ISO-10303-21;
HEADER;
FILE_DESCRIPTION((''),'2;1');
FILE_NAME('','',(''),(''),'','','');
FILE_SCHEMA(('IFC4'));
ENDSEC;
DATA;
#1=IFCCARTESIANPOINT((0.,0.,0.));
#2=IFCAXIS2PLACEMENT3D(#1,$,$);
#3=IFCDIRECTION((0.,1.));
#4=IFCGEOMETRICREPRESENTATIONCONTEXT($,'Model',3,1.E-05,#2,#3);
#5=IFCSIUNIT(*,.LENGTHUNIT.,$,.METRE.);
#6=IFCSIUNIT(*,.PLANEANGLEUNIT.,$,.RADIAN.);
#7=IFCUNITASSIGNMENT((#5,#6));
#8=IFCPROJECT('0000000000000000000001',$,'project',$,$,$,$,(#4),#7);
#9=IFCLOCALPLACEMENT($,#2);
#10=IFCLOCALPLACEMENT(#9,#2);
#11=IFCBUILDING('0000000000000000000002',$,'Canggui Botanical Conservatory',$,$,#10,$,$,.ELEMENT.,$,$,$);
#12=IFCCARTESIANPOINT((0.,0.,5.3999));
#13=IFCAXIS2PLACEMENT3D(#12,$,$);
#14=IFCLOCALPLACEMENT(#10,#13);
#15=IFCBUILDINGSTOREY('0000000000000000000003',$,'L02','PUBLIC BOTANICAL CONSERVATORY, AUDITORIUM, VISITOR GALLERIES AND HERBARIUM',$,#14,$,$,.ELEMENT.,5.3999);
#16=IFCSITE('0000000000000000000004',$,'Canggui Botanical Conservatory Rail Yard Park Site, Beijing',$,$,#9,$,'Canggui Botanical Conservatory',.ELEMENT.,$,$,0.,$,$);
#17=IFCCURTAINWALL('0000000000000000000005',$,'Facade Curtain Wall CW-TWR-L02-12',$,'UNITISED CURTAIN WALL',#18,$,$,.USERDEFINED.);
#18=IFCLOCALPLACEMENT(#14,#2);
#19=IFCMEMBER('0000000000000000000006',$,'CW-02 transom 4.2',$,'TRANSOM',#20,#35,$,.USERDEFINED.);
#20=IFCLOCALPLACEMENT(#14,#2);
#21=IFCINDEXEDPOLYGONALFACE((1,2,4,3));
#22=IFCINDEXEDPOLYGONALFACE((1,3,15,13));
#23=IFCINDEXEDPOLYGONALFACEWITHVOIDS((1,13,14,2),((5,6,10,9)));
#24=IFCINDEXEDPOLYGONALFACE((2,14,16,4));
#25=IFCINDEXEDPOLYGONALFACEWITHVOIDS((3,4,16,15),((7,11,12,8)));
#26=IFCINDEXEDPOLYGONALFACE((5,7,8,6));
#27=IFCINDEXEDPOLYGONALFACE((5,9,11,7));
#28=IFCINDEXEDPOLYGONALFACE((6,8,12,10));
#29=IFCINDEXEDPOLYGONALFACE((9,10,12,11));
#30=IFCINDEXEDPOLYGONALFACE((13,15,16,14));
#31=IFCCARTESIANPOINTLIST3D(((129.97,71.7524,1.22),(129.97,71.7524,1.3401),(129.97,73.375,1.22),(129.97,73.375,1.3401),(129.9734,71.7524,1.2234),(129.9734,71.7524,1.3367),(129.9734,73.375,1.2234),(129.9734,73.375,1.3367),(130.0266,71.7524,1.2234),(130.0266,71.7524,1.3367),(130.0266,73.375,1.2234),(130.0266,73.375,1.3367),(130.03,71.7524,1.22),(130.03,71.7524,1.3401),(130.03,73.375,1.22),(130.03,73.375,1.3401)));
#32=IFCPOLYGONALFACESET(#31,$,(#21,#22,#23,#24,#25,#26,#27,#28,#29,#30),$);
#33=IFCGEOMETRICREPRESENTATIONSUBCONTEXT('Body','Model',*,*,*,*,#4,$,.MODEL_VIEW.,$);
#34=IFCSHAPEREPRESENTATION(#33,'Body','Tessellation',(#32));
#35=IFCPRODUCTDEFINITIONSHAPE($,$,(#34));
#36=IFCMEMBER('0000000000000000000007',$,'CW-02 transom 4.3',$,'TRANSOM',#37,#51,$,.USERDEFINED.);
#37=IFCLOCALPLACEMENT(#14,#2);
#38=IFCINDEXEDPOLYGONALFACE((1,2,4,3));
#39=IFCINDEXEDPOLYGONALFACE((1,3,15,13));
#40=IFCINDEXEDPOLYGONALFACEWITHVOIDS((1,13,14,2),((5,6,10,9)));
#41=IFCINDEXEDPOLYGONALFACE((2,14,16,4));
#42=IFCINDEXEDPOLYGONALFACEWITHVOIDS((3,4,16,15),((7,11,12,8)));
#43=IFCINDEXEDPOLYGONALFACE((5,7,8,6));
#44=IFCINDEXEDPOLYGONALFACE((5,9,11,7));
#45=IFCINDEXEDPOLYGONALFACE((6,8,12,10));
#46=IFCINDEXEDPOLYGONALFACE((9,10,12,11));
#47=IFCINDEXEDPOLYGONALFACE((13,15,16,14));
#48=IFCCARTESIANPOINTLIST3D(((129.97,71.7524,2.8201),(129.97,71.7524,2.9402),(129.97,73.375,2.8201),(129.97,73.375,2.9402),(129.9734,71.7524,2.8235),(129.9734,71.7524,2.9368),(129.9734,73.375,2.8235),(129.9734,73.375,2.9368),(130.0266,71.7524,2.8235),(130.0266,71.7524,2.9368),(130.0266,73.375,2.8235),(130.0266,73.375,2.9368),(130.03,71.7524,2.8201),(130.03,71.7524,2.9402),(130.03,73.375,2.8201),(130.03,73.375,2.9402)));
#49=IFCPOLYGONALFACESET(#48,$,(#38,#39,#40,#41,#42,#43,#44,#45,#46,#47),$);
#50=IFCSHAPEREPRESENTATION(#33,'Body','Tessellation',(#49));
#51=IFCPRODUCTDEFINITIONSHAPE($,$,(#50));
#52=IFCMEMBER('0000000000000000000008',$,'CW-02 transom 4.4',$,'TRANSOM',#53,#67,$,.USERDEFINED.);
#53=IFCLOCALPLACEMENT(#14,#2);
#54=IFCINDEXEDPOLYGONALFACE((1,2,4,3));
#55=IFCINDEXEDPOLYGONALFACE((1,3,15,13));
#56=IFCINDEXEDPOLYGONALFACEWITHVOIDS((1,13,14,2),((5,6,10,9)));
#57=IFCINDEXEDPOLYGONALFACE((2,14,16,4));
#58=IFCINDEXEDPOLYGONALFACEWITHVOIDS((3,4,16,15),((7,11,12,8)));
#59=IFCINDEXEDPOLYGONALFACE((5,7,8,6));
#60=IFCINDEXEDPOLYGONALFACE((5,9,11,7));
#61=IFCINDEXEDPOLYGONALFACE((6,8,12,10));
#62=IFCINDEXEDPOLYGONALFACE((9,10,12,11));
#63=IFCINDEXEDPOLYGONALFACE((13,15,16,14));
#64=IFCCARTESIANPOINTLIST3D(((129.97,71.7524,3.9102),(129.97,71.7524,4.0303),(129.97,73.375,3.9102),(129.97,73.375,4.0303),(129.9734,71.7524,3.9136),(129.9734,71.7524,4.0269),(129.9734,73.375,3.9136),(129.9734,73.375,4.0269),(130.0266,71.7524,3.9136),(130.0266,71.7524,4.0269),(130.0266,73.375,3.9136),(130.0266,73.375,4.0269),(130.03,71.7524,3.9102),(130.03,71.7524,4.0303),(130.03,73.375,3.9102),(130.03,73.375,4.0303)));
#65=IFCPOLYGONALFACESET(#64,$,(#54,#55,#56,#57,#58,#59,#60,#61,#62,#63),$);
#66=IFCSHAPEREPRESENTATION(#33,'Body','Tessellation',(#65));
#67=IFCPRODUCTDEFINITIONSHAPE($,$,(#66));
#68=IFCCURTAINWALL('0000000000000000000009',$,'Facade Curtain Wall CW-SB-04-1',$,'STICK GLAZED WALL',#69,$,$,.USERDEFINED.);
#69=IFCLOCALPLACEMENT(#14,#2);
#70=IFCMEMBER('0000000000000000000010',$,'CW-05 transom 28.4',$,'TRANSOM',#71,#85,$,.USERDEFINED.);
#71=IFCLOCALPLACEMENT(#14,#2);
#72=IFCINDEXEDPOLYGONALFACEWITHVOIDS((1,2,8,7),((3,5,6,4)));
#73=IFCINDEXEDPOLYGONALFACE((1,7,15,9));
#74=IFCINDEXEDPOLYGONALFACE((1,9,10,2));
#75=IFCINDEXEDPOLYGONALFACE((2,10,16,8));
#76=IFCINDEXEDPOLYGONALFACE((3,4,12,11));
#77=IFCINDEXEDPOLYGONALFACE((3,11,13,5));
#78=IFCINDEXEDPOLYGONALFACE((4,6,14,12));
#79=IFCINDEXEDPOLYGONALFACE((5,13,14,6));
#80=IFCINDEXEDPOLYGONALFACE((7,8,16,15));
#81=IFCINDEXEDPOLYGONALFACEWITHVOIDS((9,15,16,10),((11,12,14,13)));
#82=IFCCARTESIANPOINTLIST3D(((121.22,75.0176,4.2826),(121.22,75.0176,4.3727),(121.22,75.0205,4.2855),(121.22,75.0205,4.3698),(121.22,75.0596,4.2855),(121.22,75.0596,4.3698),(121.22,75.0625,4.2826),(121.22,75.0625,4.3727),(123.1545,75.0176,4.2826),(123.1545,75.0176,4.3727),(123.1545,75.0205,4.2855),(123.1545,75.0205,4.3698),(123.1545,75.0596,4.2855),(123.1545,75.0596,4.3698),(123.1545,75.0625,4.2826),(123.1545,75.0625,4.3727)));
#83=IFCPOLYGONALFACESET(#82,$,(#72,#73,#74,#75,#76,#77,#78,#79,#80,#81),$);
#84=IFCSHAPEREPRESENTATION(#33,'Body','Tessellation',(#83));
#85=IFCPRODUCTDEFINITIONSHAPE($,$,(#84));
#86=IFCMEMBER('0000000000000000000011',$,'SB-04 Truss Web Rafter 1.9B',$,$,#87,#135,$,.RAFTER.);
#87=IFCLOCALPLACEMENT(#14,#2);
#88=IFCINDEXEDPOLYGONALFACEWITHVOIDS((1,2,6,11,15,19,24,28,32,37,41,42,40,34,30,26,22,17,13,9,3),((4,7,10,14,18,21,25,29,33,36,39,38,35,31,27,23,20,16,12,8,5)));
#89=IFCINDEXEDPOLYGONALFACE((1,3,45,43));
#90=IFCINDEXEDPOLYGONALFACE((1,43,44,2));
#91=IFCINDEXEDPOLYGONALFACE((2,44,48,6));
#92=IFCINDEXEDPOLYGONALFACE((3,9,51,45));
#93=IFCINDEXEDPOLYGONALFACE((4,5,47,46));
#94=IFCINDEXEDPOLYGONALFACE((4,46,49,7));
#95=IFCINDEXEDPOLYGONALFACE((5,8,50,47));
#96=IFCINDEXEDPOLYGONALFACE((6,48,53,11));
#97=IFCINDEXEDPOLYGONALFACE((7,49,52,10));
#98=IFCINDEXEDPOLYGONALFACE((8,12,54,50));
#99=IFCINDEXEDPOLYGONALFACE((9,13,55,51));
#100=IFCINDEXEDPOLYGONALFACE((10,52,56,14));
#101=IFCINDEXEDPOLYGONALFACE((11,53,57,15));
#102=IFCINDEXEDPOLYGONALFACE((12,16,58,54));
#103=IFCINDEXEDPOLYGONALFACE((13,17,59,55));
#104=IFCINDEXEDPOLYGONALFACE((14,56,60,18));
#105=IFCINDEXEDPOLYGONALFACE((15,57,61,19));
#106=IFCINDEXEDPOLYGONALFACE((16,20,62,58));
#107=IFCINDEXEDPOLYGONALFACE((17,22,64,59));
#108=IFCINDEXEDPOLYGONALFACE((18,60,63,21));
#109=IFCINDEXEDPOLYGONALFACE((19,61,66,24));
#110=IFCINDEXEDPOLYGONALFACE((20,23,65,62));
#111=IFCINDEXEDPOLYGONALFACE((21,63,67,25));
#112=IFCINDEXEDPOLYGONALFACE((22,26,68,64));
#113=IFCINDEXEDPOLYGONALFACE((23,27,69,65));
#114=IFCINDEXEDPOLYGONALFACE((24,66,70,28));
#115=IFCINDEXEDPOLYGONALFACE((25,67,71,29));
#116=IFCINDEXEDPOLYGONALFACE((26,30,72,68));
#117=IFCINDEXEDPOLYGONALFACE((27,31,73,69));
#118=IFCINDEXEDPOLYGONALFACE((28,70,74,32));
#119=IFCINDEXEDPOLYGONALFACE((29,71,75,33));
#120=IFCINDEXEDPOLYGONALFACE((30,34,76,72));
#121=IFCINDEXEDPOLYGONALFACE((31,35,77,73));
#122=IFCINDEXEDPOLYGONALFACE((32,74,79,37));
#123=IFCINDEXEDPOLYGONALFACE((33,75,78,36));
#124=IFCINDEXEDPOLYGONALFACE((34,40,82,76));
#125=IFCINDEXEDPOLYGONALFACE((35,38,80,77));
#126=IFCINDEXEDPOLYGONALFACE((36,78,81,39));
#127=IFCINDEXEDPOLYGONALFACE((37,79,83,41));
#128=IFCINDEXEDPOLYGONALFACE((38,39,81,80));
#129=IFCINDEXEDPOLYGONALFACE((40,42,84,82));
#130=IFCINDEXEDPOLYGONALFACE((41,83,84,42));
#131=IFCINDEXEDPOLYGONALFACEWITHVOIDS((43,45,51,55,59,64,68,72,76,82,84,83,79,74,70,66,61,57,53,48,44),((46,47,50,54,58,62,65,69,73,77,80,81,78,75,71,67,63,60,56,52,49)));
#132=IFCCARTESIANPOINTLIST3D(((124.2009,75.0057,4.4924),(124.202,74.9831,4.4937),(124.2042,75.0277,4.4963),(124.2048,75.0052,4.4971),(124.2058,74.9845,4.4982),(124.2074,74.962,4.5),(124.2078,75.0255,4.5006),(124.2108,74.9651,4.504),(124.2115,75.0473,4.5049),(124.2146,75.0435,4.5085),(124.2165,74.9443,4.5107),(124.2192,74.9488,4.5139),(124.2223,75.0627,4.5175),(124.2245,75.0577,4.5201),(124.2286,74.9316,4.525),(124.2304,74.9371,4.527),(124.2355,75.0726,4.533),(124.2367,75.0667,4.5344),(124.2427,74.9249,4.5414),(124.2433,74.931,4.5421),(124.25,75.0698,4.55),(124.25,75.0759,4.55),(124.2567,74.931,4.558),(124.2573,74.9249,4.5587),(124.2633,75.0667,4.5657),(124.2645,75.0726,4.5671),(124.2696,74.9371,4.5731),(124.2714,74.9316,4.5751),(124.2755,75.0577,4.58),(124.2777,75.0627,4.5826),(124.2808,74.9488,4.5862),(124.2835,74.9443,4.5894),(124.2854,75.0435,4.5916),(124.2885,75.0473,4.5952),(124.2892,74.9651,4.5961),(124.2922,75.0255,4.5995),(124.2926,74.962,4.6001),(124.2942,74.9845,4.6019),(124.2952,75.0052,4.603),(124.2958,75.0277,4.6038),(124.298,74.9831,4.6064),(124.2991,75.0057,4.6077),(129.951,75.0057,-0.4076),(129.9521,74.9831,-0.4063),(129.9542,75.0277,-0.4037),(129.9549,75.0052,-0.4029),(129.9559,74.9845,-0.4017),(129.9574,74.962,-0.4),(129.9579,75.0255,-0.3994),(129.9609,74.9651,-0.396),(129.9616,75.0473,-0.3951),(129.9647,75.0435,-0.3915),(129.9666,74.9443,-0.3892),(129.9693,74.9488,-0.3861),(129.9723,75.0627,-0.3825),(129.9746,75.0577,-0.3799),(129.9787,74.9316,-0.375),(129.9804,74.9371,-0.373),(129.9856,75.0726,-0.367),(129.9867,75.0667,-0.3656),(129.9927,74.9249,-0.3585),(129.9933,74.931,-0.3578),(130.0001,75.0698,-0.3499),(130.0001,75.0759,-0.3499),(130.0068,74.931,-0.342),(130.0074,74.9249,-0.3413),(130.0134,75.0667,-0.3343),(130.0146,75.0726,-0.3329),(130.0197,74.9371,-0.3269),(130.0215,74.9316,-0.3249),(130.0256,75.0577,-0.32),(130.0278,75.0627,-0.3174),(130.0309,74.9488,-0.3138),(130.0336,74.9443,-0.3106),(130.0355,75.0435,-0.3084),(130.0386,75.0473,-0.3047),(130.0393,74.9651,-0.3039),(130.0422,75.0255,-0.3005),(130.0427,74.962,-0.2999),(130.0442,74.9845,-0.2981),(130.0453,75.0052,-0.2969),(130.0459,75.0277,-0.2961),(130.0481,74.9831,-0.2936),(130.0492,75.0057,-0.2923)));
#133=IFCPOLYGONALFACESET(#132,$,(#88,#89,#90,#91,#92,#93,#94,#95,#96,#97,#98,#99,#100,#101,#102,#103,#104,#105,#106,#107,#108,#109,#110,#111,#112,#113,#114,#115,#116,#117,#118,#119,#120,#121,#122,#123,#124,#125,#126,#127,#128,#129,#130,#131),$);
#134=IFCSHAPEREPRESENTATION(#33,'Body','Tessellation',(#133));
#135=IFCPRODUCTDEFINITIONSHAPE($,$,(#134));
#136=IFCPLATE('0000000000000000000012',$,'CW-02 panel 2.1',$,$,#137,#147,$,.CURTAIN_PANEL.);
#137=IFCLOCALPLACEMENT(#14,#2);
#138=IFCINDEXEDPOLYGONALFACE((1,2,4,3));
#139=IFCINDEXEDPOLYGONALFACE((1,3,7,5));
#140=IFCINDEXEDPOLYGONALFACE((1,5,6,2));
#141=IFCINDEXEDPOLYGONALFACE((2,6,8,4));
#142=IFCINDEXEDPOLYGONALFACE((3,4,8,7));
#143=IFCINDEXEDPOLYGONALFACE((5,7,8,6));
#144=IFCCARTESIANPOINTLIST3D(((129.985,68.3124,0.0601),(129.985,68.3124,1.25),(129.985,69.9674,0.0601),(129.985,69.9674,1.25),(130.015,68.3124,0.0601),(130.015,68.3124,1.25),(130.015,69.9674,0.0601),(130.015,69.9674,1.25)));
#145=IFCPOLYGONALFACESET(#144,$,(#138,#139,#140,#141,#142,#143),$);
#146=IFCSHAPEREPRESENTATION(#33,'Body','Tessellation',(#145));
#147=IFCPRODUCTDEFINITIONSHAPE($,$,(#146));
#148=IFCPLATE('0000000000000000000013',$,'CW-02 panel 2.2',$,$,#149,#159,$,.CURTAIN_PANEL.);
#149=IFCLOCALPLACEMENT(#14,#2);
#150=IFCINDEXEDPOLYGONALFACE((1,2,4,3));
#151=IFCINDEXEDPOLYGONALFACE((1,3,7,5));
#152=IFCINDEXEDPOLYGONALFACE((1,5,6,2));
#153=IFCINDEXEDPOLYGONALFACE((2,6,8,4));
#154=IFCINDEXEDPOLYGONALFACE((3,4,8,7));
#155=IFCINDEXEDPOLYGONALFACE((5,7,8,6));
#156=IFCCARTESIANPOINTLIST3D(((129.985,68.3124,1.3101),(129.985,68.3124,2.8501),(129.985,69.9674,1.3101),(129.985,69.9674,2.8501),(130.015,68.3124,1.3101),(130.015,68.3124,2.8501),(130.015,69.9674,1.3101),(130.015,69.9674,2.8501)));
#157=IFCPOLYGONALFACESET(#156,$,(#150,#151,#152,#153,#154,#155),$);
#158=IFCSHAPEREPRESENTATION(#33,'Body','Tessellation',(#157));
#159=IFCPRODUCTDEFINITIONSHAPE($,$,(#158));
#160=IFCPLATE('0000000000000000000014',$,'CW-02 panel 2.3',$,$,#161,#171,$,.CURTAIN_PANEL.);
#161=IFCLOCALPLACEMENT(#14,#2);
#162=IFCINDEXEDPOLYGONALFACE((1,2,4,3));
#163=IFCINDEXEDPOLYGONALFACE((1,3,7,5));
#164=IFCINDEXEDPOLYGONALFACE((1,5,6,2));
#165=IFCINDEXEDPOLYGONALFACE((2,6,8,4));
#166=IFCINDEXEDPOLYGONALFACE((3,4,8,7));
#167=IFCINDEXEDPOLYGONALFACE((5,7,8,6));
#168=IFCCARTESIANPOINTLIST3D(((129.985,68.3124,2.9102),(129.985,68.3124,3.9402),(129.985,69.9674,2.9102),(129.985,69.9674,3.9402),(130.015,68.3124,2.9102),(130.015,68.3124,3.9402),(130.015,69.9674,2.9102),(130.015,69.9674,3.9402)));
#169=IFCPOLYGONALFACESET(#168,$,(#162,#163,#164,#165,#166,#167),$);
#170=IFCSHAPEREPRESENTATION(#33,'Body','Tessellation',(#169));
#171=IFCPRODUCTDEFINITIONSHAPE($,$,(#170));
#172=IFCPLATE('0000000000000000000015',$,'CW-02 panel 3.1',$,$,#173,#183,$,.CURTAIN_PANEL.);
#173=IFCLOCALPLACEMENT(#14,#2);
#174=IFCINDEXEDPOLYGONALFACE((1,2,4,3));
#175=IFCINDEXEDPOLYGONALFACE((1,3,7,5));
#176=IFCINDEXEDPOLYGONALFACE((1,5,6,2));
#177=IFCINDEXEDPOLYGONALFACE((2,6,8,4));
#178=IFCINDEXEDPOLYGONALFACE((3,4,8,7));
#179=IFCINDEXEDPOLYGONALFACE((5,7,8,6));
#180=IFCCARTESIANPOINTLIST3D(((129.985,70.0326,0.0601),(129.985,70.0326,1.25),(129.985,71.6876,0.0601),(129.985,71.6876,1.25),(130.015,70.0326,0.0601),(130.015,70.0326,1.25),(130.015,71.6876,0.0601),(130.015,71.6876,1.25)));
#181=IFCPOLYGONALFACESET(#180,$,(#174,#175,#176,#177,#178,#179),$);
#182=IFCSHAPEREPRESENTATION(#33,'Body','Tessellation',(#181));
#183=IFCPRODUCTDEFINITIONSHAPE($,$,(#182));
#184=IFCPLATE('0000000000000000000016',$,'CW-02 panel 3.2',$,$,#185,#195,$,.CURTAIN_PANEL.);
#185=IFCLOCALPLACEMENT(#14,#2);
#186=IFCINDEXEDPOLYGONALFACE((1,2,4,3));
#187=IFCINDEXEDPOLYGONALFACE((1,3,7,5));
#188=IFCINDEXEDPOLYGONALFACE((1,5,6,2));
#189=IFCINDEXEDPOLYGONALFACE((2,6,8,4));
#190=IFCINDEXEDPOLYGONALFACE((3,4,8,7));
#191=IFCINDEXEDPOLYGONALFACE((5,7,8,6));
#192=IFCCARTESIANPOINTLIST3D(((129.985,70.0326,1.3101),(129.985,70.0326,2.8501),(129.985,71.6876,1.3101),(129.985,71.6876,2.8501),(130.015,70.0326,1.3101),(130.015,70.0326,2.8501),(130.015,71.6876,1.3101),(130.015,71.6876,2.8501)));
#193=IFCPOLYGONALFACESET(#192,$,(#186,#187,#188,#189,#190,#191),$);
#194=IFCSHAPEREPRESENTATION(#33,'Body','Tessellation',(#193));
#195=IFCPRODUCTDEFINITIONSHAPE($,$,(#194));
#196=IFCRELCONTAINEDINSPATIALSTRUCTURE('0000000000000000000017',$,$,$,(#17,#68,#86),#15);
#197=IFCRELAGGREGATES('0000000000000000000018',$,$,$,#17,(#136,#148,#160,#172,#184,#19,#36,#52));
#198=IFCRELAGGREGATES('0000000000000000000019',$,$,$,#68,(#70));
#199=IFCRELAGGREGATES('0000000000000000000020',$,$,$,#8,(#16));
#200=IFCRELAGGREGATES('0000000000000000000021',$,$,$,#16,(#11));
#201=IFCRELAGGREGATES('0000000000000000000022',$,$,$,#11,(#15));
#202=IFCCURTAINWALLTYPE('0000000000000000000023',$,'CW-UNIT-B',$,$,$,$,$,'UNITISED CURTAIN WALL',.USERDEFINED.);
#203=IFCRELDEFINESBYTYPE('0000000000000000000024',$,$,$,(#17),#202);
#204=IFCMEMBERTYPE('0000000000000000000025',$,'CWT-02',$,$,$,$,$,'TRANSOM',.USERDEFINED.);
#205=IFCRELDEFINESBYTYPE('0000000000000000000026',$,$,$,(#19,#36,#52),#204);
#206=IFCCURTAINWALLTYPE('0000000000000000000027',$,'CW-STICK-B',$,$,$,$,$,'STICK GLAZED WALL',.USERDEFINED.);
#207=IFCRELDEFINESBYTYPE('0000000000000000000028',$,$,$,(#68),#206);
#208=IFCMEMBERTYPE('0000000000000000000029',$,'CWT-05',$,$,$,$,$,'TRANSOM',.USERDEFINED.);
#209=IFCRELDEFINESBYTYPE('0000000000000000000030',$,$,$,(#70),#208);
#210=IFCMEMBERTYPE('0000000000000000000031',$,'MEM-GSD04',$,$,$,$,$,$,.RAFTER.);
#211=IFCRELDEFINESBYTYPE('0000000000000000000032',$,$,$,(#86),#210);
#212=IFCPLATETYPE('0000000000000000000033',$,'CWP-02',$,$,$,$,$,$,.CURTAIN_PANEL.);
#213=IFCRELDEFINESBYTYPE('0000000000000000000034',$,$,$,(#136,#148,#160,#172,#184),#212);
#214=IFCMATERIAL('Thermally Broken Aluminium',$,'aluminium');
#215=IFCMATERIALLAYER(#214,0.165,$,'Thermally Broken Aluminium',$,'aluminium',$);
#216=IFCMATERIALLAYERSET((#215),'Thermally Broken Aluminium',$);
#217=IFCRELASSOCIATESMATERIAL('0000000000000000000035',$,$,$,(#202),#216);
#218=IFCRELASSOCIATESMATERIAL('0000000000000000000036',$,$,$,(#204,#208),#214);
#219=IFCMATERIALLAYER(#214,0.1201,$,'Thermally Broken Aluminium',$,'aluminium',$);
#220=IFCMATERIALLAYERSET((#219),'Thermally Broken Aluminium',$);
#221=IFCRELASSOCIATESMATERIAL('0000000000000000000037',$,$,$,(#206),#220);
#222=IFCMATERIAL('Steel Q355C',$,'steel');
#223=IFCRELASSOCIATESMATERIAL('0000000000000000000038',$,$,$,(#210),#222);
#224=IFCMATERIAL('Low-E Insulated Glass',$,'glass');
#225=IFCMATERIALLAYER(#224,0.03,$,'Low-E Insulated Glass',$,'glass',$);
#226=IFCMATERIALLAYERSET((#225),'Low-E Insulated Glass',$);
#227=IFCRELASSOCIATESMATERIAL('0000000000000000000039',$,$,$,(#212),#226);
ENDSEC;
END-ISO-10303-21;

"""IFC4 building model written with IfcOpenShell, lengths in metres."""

from ifc_helpers import new_model, si_unit, direction, frame, origin, origin_2d, place, context, subcontext, project, spatial, rectangle, hollow_rectangle, hollow_circle, extrude, material, layer, layer_set, material_profile, profile_set, type_object, element, aggregate, save


model = new_model("IFC4")

# Units and contexts
model_context = context("Model", 3, precision=1e-05, world=origin(), true_north=direction((0.0, 1.0)))
body_context = subcontext(model_context, "Body", "Model", "MODEL_VIEW")
ifc_project = project(units=[si_unit("LENGTHUNIT", "METRE"), si_unit("PLANEANGLEUNIT", "RADIAN")], contexts=[model_context])

# Site, building, storey
site_placement = place(None, origin())
site = spatial("IfcSite", under=ifc_project, at=site_placement, Name="Canggui Botanical Conservatory Rail Yard Park Site, Beijing", LongName="Canggui Botanical Conservatory", CompositionType="ELEMENT", RefElevation=0.0)
building_placement = place(site_placement, origin())
building = spatial("IfcBuilding", under=site, at=building_placement, Name="Canggui Botanical Conservatory", CompositionType="ELEMENT")
storey_placement = place(building_placement, frame((0.0, 0.0, 5.3999)))
storey = spatial("IfcBuildingStorey", under=building, at=storey_placement, Name="L02", Description="PUBLIC BOTANICAL CONSERVATORY, AUDITORIUM, VISITOR GALLERIES AND HERBARIUM", CompositionType="ELEMENT", Elevation=5.3999)

# Curtain wall, members
ifc_material_1 = material(Name="Thermally Broken Aluminium", Category="aluminium")
ifc_layer_1 = layer(ifc_material_1, 0.165, Name="Thermally Broken Aluminium", Category="aluminium")
ifc_layer_set_1 = layer_set([ifc_layer_1], Name="Thermally Broken Aluminium")
curtain_wall_type_1 = type_object("IfcCurtainWallType", Name="CW-UNIT-B", ElementType="UNITISED CURTAIN WALL", PredefinedType="USERDEFINED", material=ifc_layer_set_1)
curtain_wall_1_placement = place(storey_placement, origin())
curtain_wall_1 = element("IfcCurtainWall", 1, at=curtain_wall_1_placement, inside=storey, type_object=curtain_wall_type_1, Name="Facade Curtain Wall CW-TWR-L02-12", ObjectType="UNITISED CURTAIN WALL", PredefinedType="USERDEFINED")
ifc_material_profile_1 = material_profile(ifc_material_1, hollow_rectangle(XDim=0.0601, YDim=0.1201, WallThickness=0.0034, at=origin_2d()), Name="CWT 60x120x3.5")
ifc_profile_set_1 = profile_set([ifc_material_profile_1], Name="Thermally Broken Aluminium")
member_type_1 = type_object("IfcMemberType", Name="CWT-02", ElementType="TRANSOM", PredefinedType="USERDEFINED", material=ifc_profile_set_1)
member_1_placement = place(storey_placement, frame((130.0, 71.7524, 1.28), z_axis=(0.0, 1.0, 0.0), x_axis=(-1.0, 0.0, 0.0)))
member_1 = element("IfcMember", 2, at=member_1_placement, type_object=member_type_1, Name="CW-02 transom 4.2", ObjectType="TRANSOM", PredefinedType="USERDEFINED", context=body_context, shape_type="SweptSolid", body=[
    extrude(hollow_rectangle(XDim=0.0601, YDim=0.1201, WallThickness=0.0034, at=origin_2d()), origin(), (0.0, 0.0, 1.0), 1.6226),
])
member_2_placement = place(storey_placement, frame((130.0, 71.7524, 2.8801), z_axis=(0.0, 1.0, 0.0), x_axis=(-1.0, 0.0, 0.0)))
member_2 = element("IfcMember", 3, at=member_2_placement, type_object=member_type_1, Name="CW-02 transom 4.3", ObjectType="TRANSOM", PredefinedType="USERDEFINED", context=body_context, shape_type="SweptSolid", body=[
    extrude(hollow_rectangle(XDim=0.0601, YDim=0.1201, WallThickness=0.0034, at=origin_2d()), origin(), (0.0, 0.0, 1.0), 1.6226),
])
member_3_placement = place(storey_placement, frame((130.0, 71.7524, 3.9702), z_axis=(0.0, 1.0, 0.0), x_axis=(-1.0, 0.0, 0.0)))
member_3 = element("IfcMember", 4, at=member_3_placement, type_object=member_type_1, Name="CW-02 transom 4.4", ObjectType="TRANSOM", PredefinedType="USERDEFINED", context=body_context, shape_type="SweptSolid", body=[
    extrude(hollow_rectangle(XDim=0.0601, YDim=0.1201, WallThickness=0.0034, at=origin_2d()), origin(), (0.0, 0.0, 1.0), 1.6226),
])

# Curtain wall, member
ifc_layer_2 = layer(ifc_material_1, 0.1201, Name="Thermally Broken Aluminium", Category="aluminium")
ifc_layer_set_2 = layer_set([ifc_layer_2], Name="Thermally Broken Aluminium")
curtain_wall_type_2 = type_object("IfcCurtainWallType", Name="CW-STICK-B", ElementType="STICK GLAZED WALL", PredefinedType="USERDEFINED", material=ifc_layer_set_2)
curtain_wall_2_placement = place(storey_placement, origin())
curtain_wall_2 = element("IfcCurtainWall", 5, at=curtain_wall_2_placement, inside=storey, type_object=curtain_wall_type_2, Name="Facade Curtain Wall CW-SB-04-1", ObjectType="STICK GLAZED WALL", PredefinedType="USERDEFINED")
ifc_material_profile_2 = material_profile(ifc_material_1, hollow_rectangle(XDim=0.0449, YDim=0.0901, WallThickness=0.0029, at=origin_2d()), Name="CWT 45x90x3")
ifc_profile_set_2 = profile_set([ifc_material_profile_2], Name="Thermally Broken Aluminium")
member_type_2 = type_object("IfcMemberType", Name="CWT-05", ElementType="TRANSOM", PredefinedType="USERDEFINED", material=ifc_profile_set_2)
member_4_placement = place(storey_placement, frame((121.22, 75.04, 4.3276), z_axis=(1.0, 0.0, 0.0), x_axis=(0.0, 1.0, 0.0)))
member_4 = element("IfcMember", 6, at=member_4_placement, type_object=member_type_2, Name="CW-05 transom 28.4", ObjectType="TRANSOM", PredefinedType="USERDEFINED", context=body_context, shape_type="SweptSolid", body=[
    extrude(hollow_rectangle(XDim=0.0449, YDim=0.0901, WallThickness=0.0029, at=origin_2d()), origin(), (0.0, 0.0, 1.0), 1.9346),
])

# Member
ifc_material_2 = material(Name="Steel Q355C", Category="steel")
ifc_material_profile_3 = material_profile(ifc_material_2, hollow_circle(Radius=0.0759, WallThickness=0.0061, at=origin_2d()), Name="CHS 152x6")
ifc_profile_set_3 = profile_set([ifc_material_profile_3], Name="Steel Q355C")
member_type_3 = type_object("IfcMemberType", Name="MEM-GSD04", PredefinedType="RAFTER", material=ifc_profile_set_3)
member_5_placement = place(storey_placement, frame((124.25, 75.0, 4.55), z_axis=(0.761129, 0.0, -0.648601), x_axis=(0.0, 1.0, 0.0)))
element("IfcMember", 7, at=member_5_placement, inside=storey, type_object=member_type_3, Name="SB-04 Truss Web Rafter 1.9B", PredefinedType="RAFTER", context=body_context, shape_type="SweptSolid", body=[
    extrude(hollow_circle(Radius=0.0759, WallThickness=0.0061, at=origin_2d()), origin(), (0.0, 0.0, 1.0), 7.5547),
])

# Plates
ifc_material_3 = material(Name="Low-E Insulated Glass", Category="glass")
ifc_layer_3 = layer(ifc_material_3, 0.03, Name="Low-E Insulated Glass", Category="glass")
ifc_layer_set_3 = layer_set([ifc_layer_3], Name="Low-E Insulated Glass")
plate_type_1 = type_object("IfcPlateType", Name="CWP-02", PredefinedType="CURTAIN_PANEL", material=ifc_layer_set_3)
plate_1_placement = place(storey_placement, frame((130.0, 69.1399, 0.0601), z_axis=(0.0, 0.0, 1.0), x_axis=(0.0, 1.0, 0.0)))
plate_1 = element("IfcPlate", 8, at=plate_1_placement, type_object=plate_type_1, Name="CW-02 panel 2.1", PredefinedType="CURTAIN_PANEL", context=body_context, shape_type="SweptSolid", body=[
    extrude(rectangle(XDim=1.655, YDim=0.03, at=origin_2d()), origin(), (0.0, 0.0, 1.0), 1.1899),
])
plate_2_placement = place(storey_placement, frame((130.0, 69.1399, 1.3101), z_axis=(0.0, 0.0, 1.0), x_axis=(0.0, 1.0, 0.0)))
plate_2 = element("IfcPlate", 9, at=plate_2_placement, type_object=plate_type_1, Name="CW-02 panel 2.2", PredefinedType="CURTAIN_PANEL", context=body_context, shape_type="SweptSolid", body=[
    extrude(rectangle(XDim=1.655, YDim=0.03, at=origin_2d()), origin(), (0.0, 0.0, 1.0), 1.54),
])
plate_3_placement = place(storey_placement, frame((130.0, 69.1399, 2.9102), z_axis=(0.0, 0.0, 1.0), x_axis=(0.0, 1.0, 0.0)))
plate_3 = element("IfcPlate", 10, at=plate_3_placement, type_object=plate_type_1, Name="CW-02 panel 2.3", PredefinedType="CURTAIN_PANEL", context=body_context, shape_type="SweptSolid", body=[
    extrude(rectangle(XDim=1.655, YDim=0.03, at=origin_2d()), origin(), (0.0, 0.0, 1.0), 1.03),
])
plate_4_placement = place(storey_placement, frame((130.0, 70.8601, 0.0601), z_axis=(0.0, 0.0, 1.0), x_axis=(0.0, 1.0, 0.0)))
plate_4 = element("IfcPlate", 11, at=plate_4_placement, type_object=plate_type_1, Name="CW-02 panel 3.1", PredefinedType="CURTAIN_PANEL", context=body_context, shape_type="SweptSolid", body=[
    extrude(rectangle(XDim=1.655, YDim=0.03, at=origin_2d()), origin(), (0.0, 0.0, 1.0), 1.1899),
])
plate_5_placement = place(storey_placement, frame((130.0, 70.8601, 1.3101), z_axis=(0.0, 0.0, 1.0), x_axis=(0.0, 1.0, 0.0)))
plate_5 = element("IfcPlate", 12, at=plate_5_placement, type_object=plate_type_1, Name="CW-02 panel 3.2", PredefinedType="CURTAIN_PANEL", context=body_context, shape_type="SweptSolid", body=[
    extrude(rectangle(XDim=1.655, YDim=0.03, at=origin_2d()), origin(), (0.0, 0.0, 1.0), 1.54),
])
aggregate(curtain_wall_1, [plate_1, plate_2, plate_3, plate_4, plate_5, member_1, member_2, member_3])
aggregate(curtain_wall_2, [member_4])

save(model, "model.ifc")
